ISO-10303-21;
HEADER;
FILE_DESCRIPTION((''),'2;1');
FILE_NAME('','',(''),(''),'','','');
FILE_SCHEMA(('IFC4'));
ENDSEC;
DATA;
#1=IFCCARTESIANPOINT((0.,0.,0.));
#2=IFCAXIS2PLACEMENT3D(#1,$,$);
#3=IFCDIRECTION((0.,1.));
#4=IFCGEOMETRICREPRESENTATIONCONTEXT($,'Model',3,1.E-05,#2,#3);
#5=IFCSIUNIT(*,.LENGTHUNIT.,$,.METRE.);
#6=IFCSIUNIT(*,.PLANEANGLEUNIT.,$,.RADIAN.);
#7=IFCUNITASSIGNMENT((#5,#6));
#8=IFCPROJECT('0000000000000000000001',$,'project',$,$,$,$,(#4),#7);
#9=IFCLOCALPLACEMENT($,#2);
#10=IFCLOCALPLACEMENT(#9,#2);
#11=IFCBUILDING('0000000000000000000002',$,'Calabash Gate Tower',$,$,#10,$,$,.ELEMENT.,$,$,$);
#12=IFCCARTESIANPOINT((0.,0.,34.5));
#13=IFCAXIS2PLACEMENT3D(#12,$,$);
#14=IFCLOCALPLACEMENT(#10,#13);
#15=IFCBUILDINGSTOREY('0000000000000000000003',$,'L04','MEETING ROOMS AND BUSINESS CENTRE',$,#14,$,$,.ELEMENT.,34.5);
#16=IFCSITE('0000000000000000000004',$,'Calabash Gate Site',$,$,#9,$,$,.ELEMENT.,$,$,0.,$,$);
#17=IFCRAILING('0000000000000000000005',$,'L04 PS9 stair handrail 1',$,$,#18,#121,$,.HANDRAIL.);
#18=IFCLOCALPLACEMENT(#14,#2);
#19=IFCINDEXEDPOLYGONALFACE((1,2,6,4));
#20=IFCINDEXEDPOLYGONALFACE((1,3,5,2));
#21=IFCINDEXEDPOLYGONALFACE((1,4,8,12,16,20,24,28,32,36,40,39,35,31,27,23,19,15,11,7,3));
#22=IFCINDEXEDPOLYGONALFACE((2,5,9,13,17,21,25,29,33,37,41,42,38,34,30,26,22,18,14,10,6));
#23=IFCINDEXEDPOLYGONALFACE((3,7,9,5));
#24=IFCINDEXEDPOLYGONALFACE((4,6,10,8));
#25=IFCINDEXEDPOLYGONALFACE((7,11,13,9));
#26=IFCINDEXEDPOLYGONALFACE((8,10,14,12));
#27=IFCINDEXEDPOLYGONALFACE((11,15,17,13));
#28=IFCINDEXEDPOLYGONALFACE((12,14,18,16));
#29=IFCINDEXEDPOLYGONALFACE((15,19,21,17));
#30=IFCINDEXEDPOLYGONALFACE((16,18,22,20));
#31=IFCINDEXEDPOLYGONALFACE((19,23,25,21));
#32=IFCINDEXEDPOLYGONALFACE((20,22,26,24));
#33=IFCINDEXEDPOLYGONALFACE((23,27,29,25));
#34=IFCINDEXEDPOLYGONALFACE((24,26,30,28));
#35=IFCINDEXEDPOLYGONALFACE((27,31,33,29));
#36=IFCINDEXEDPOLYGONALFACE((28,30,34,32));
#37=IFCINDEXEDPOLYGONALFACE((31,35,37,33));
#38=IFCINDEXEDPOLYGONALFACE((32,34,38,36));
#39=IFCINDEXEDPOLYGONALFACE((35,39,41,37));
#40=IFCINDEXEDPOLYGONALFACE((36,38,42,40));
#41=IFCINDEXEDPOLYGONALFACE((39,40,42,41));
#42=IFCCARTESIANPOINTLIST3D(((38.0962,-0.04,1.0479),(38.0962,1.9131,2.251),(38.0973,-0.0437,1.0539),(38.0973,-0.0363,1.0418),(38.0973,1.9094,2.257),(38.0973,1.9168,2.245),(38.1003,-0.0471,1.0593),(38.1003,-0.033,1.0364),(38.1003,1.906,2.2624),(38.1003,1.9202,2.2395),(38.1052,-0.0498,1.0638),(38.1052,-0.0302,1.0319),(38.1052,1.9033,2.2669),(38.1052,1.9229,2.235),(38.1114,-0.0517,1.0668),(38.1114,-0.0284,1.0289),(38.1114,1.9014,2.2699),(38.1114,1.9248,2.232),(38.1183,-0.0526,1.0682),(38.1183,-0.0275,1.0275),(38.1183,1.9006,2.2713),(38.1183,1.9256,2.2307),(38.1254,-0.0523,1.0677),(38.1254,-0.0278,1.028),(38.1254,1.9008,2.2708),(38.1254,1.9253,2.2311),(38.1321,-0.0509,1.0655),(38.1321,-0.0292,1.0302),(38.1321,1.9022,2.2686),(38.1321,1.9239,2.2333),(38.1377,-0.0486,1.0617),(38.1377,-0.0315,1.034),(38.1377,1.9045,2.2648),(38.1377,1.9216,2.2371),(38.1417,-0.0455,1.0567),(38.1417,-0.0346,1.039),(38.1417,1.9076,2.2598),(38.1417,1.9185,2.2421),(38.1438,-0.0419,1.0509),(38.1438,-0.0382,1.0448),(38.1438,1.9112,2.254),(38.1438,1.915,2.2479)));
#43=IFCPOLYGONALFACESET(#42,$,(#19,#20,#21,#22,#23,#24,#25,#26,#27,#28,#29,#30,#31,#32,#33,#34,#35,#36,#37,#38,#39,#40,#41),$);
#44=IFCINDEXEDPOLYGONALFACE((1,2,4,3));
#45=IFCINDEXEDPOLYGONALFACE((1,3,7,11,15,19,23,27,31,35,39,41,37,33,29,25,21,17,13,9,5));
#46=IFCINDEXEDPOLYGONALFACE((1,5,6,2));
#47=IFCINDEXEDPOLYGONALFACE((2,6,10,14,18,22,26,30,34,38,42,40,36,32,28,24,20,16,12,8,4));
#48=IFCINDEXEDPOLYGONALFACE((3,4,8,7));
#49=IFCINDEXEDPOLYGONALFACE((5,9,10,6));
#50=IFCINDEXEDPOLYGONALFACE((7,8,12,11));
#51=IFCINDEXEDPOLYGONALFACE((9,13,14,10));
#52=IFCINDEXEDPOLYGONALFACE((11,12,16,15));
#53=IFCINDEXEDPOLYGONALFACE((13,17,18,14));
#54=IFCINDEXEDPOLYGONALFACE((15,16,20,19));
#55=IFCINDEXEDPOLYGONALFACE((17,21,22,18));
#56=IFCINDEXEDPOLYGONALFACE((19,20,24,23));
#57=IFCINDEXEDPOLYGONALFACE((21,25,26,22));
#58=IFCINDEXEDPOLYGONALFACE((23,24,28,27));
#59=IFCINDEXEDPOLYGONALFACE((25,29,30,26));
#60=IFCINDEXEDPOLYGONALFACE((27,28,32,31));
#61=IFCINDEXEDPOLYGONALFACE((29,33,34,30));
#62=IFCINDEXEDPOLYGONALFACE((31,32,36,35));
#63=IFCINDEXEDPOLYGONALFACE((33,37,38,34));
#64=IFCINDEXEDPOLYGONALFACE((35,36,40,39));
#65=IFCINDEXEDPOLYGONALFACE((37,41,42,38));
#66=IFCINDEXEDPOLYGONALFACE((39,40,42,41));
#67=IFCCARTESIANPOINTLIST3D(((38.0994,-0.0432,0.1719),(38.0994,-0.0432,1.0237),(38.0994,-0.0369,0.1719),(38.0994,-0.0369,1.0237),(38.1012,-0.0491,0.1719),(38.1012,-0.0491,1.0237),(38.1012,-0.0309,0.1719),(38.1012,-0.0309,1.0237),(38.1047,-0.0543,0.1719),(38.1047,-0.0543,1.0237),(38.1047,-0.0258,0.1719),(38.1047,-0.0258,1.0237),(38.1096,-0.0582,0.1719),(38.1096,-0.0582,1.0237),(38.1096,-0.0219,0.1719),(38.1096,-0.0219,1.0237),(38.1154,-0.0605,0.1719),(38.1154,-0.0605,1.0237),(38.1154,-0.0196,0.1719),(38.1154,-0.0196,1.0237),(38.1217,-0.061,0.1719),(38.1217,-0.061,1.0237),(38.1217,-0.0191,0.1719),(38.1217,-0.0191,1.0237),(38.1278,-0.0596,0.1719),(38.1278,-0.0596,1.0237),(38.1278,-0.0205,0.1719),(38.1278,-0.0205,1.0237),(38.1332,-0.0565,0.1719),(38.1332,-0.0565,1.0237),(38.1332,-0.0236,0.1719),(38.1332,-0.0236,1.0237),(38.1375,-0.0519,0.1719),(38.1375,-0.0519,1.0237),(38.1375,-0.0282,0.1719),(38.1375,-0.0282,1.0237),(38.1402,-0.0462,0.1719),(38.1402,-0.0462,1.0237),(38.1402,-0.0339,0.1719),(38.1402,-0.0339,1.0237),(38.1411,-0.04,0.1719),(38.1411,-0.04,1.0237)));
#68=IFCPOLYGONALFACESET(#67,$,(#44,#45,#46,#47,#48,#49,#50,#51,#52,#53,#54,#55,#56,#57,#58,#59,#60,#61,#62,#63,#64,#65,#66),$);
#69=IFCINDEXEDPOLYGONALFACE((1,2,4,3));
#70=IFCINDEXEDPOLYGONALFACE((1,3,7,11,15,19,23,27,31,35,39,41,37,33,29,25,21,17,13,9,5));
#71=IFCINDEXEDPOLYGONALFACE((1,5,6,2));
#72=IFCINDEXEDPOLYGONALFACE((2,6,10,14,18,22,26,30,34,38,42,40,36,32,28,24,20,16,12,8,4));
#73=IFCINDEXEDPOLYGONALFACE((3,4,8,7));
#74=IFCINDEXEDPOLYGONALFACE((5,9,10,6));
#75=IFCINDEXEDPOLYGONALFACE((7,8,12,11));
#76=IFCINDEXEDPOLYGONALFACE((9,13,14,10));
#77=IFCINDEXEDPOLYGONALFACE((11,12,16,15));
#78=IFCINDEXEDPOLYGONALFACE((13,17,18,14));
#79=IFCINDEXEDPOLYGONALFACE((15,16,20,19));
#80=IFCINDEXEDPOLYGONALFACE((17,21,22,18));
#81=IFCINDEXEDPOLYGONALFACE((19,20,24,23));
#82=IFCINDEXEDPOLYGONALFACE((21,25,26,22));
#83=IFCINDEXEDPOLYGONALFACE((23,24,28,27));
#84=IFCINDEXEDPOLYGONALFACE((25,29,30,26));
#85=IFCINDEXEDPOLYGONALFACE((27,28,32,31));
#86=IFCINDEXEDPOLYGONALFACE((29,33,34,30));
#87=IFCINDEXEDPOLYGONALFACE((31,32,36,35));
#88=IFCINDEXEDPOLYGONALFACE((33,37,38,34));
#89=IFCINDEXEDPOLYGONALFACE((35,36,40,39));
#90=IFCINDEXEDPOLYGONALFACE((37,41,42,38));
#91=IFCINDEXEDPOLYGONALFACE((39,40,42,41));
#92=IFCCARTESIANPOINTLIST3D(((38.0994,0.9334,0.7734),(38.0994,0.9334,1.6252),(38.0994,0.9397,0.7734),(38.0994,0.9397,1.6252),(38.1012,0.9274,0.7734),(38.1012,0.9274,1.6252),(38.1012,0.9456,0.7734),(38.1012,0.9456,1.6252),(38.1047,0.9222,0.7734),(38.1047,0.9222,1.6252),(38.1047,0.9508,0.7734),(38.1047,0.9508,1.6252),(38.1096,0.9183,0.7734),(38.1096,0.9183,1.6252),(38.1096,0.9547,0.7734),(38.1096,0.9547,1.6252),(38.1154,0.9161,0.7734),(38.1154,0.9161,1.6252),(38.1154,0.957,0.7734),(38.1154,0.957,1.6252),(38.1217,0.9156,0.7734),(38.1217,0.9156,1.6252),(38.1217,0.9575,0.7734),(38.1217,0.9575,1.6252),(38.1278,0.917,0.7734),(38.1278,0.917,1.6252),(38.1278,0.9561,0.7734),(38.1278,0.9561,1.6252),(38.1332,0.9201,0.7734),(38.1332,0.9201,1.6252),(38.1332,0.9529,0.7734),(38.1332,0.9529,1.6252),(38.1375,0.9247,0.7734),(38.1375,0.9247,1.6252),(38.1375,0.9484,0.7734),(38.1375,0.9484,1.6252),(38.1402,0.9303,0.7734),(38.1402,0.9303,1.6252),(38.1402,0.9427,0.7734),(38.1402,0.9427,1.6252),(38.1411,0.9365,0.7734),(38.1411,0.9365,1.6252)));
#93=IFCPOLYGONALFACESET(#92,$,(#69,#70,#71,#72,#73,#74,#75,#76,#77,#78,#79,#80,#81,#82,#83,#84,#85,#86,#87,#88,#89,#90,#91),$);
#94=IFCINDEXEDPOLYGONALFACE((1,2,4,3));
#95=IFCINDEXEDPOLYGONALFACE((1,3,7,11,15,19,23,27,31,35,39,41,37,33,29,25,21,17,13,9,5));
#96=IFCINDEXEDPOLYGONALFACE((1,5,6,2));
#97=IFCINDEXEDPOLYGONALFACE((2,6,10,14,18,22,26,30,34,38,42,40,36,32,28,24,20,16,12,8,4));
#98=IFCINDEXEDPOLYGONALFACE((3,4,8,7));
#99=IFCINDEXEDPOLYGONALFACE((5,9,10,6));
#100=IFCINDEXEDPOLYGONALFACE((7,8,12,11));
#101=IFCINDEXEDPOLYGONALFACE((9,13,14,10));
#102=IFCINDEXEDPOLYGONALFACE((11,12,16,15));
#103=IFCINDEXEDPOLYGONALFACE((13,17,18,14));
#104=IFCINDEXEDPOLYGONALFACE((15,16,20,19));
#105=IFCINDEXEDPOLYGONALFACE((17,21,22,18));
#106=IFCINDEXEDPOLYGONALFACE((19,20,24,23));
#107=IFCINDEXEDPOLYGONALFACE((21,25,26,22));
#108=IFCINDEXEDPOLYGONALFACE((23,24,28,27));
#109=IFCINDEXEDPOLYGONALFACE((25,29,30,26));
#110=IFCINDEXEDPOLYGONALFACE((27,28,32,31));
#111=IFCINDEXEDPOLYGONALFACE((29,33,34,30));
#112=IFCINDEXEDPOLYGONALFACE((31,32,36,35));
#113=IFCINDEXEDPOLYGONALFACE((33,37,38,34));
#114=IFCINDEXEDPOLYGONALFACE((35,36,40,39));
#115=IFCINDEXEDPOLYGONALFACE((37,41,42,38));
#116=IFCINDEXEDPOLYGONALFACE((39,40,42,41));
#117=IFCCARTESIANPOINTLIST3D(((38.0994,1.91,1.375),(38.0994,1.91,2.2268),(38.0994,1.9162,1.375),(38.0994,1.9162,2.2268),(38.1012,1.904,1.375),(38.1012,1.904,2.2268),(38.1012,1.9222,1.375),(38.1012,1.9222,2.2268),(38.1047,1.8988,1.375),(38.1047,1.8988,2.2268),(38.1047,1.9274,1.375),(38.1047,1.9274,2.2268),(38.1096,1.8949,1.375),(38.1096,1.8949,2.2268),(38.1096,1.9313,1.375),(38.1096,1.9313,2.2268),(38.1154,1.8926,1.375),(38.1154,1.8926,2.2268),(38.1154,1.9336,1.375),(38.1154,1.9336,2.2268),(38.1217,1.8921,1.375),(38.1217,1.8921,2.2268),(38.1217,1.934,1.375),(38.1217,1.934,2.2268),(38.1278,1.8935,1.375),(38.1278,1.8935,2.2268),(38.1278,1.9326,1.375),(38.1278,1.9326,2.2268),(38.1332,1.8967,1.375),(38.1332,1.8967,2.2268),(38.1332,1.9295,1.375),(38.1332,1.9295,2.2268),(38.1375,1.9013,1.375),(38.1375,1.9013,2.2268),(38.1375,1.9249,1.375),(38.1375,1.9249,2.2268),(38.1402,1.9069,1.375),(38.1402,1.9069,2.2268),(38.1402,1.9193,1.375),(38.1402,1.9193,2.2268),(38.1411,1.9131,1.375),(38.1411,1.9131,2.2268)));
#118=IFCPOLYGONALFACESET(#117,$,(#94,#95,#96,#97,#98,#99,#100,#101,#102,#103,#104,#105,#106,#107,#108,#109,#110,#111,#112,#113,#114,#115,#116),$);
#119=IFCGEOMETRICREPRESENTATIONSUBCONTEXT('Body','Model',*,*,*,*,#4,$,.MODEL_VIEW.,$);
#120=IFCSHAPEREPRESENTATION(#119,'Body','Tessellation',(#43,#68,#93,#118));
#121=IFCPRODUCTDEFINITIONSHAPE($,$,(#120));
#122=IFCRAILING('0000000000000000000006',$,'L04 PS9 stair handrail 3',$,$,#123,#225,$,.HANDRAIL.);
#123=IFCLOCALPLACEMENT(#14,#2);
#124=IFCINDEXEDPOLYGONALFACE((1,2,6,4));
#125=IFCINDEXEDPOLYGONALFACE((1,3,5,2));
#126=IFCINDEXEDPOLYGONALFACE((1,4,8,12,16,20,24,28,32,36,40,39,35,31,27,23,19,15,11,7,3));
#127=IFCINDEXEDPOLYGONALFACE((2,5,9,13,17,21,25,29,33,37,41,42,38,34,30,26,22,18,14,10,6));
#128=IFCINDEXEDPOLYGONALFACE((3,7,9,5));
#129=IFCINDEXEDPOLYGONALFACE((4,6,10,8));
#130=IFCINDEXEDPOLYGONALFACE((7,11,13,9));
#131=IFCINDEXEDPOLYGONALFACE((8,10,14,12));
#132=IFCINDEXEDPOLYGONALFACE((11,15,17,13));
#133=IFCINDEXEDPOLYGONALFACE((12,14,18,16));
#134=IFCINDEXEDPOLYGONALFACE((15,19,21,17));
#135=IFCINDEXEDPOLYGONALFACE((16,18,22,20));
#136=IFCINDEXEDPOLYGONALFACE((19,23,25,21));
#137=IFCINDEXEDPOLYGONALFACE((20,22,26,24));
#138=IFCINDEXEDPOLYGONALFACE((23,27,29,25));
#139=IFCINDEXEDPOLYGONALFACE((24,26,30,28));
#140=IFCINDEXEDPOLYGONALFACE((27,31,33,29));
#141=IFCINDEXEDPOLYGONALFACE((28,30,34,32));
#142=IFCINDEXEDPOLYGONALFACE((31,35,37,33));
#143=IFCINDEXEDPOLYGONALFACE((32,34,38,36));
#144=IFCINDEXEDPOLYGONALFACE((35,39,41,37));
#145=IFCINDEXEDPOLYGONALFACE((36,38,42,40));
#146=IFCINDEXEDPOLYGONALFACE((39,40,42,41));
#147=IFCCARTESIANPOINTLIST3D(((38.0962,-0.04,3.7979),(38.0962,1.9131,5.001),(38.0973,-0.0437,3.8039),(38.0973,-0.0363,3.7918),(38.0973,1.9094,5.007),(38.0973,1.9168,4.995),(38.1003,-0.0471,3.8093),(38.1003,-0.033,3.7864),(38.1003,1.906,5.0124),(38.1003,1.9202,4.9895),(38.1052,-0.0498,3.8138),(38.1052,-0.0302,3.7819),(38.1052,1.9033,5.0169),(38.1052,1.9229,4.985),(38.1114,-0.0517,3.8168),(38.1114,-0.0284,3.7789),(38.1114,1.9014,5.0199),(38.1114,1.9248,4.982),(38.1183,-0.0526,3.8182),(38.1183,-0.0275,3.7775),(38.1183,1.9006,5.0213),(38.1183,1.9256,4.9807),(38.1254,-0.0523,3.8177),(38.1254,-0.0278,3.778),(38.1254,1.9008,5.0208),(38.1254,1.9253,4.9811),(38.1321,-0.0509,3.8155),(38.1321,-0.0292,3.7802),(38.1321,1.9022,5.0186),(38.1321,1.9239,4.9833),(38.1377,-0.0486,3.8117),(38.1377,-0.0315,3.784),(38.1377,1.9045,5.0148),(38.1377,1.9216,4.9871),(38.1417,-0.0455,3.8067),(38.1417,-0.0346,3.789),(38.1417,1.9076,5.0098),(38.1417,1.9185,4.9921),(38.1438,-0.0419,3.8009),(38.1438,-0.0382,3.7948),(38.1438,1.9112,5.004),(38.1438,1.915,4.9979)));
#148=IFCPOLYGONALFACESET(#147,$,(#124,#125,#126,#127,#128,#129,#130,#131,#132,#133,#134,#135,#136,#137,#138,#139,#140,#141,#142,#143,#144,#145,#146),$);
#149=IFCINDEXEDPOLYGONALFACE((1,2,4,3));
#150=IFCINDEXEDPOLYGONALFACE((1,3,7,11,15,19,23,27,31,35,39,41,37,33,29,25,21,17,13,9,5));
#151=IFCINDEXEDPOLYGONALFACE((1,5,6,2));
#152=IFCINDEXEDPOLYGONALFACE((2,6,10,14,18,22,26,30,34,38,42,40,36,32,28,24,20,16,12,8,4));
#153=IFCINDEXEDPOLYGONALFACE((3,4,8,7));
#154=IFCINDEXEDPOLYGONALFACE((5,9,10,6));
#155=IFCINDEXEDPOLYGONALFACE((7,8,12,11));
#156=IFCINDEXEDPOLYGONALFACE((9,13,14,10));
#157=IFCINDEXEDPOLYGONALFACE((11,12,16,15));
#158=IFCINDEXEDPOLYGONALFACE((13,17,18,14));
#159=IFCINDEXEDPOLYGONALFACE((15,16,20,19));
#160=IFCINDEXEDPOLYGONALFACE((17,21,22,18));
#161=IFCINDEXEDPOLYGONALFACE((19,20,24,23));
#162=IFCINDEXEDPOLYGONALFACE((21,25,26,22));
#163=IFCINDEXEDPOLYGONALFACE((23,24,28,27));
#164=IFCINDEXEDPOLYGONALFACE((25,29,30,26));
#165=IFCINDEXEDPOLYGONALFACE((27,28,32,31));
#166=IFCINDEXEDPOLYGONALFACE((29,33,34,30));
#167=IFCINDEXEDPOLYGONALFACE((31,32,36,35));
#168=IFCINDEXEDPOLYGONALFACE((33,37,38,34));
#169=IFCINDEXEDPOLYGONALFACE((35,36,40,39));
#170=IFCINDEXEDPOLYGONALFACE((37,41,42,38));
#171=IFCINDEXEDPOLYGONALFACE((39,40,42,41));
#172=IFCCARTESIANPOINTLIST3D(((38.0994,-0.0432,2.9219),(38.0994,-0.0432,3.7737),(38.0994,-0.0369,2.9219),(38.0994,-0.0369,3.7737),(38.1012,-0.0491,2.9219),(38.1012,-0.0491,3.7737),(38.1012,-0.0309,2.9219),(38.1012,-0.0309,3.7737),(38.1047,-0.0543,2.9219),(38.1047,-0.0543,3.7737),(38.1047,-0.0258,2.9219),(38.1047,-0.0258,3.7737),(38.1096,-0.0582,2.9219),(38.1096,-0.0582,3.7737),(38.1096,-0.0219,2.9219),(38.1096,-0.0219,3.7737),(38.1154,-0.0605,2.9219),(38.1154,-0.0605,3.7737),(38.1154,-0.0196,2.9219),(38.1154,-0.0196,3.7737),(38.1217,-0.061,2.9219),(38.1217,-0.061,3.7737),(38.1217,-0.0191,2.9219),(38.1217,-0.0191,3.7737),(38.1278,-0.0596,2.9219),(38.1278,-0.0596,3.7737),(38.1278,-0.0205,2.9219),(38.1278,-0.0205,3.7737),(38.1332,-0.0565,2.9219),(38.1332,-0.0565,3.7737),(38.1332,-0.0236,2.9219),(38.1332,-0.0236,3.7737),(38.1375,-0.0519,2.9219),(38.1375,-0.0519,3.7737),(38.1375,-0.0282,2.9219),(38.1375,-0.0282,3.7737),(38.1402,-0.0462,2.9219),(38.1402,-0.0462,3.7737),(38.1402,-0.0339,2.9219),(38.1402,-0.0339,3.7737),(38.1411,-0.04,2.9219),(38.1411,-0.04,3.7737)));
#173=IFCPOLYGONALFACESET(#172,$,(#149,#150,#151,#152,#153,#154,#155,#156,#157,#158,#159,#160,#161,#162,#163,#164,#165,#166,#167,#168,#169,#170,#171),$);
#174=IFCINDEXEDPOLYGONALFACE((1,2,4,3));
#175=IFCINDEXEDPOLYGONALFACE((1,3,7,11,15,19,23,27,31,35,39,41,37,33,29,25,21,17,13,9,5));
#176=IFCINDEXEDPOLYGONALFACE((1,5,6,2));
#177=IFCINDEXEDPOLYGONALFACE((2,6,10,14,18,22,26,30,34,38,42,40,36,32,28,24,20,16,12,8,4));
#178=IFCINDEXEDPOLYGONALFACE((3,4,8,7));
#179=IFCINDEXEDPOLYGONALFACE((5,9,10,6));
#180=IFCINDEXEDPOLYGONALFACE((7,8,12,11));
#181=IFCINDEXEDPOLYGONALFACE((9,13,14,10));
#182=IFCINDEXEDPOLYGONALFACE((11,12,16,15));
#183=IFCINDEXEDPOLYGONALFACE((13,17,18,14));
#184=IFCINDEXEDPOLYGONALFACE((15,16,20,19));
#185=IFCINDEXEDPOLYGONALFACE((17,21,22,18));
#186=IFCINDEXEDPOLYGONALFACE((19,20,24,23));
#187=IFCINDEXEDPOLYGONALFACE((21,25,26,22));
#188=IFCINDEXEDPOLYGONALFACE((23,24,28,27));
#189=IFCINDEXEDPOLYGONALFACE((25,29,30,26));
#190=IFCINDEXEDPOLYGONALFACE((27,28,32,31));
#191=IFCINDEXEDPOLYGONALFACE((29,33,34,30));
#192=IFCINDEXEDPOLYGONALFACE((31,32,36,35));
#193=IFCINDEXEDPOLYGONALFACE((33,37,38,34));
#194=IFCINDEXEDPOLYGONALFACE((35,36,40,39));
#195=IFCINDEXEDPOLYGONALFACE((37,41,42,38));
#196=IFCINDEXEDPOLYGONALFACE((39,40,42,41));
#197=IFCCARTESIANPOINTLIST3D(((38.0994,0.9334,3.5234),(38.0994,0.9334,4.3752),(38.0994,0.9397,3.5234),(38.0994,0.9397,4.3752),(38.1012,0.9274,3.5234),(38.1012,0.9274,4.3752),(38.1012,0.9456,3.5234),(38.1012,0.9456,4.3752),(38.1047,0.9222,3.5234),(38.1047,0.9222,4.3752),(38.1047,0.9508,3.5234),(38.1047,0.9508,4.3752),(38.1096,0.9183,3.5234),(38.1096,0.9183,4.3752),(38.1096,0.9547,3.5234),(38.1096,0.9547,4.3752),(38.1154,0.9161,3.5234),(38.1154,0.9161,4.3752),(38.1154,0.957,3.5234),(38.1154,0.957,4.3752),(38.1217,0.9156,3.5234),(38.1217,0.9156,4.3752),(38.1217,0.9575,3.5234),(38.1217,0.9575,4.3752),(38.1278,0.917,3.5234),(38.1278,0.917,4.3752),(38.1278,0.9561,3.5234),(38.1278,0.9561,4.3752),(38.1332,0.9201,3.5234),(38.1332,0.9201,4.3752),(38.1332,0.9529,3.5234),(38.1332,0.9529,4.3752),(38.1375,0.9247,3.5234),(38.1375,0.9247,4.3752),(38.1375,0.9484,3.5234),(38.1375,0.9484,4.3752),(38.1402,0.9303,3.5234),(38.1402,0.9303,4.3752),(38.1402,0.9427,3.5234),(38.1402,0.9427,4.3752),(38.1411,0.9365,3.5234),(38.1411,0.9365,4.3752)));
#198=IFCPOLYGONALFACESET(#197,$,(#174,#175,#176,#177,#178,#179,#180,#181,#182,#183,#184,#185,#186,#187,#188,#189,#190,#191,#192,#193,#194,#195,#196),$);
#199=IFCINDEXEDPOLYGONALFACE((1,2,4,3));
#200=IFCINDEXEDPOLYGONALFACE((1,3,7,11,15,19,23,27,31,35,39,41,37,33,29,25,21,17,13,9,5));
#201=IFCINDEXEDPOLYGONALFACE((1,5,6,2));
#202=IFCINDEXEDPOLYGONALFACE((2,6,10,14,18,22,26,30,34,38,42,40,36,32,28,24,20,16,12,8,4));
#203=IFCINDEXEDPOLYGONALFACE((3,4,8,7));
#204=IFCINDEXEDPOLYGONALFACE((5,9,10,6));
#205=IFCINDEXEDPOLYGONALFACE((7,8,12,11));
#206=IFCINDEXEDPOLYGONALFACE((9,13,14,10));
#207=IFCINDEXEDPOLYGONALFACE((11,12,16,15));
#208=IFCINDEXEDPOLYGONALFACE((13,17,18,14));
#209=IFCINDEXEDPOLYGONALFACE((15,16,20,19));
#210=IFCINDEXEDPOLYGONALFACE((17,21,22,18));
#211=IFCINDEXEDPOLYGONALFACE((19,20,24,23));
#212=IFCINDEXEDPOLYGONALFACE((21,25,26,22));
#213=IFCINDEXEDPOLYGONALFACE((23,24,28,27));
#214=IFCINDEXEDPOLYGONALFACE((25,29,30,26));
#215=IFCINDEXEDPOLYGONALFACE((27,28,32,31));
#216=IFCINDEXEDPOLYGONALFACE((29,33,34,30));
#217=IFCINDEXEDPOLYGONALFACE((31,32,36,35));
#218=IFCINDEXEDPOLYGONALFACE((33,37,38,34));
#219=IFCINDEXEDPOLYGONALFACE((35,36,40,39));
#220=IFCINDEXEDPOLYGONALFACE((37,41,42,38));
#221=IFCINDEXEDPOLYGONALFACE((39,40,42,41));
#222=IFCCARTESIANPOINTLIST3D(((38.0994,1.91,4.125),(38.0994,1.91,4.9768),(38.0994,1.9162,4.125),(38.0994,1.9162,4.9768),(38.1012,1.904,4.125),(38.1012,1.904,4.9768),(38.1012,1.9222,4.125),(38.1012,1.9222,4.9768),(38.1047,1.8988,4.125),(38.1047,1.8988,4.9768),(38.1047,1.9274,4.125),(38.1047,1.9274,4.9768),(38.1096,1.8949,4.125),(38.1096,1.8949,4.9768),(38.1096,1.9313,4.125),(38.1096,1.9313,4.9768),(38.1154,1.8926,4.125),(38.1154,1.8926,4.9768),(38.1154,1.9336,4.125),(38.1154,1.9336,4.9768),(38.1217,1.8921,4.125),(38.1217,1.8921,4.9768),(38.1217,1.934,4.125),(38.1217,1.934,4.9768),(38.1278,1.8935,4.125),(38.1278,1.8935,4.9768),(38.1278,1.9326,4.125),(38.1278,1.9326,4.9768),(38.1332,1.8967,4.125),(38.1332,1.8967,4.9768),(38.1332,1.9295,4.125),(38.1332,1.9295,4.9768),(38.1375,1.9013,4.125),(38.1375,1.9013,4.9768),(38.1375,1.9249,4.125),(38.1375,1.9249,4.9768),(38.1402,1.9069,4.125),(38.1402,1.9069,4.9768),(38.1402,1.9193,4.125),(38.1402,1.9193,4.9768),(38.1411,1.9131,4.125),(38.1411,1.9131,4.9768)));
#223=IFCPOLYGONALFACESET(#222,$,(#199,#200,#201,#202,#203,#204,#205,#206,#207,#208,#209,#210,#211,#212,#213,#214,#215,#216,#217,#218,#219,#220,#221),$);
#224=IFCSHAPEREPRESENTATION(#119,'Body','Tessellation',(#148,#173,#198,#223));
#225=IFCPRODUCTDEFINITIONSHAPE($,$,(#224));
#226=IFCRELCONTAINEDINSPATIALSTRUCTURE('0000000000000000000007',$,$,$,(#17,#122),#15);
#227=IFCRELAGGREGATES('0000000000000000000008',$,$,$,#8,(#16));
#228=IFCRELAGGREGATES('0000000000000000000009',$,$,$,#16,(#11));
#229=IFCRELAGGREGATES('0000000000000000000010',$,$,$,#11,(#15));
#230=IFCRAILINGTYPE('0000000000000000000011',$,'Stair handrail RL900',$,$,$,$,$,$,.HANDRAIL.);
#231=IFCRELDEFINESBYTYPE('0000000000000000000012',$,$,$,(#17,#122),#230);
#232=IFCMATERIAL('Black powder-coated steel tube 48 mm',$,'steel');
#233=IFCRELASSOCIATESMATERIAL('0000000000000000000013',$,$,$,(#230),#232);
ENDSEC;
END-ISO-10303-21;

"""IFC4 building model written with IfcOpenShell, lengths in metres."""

from ifc_helpers import new_model, si_unit, direction, frame, origin, origin_2d, place, context, subcontext, project, spatial, circle, extrude, material, type_object, element, save


model = new_model("IFC4")

# Units and contexts
model_context = context("Model", 3, precision=1e-05, world=origin(), true_north=direction((0.0, 1.0)))
body_context = subcontext(model_context, "Body", "Model", "MODEL_VIEW")
ifc_project = project(units=[si_unit("LENGTHUNIT", "METRE"), si_unit("PLANEANGLEUNIT", "RADIAN")], contexts=[model_context])

# Site, building, storey
site_placement = place(None, origin())
site = spatial("IfcSite", under=ifc_project, at=site_placement, Name="Calabash Gate Site", CompositionType="ELEMENT", RefElevation=0.0)
building_placement = place(site_placement, origin())
building = spatial("IfcBuilding", under=site, at=building_placement, Name="Calabash Gate Tower", CompositionType="ELEMENT")
storey_placement = place(building_placement, frame((0.0, 0.0, 34.5)))
storey = spatial("IfcBuildingStorey", under=building, at=storey_placement, Name="L04", Description="MEETING ROOMS AND BUSINESS CENTRE", CompositionType="ELEMENT", Elevation=34.5)

# Railings
ifc_material_1 = material(Name="Black powder-coated steel tube 48 mm", Category="steel")
railing_type_1 = type_object("IfcRailingType", Name="Stair handrail RL900", PredefinedType="HANDRAIL", material=ifc_material_1)
for number, where, name in (
    (1, (38.1201, -0.04, 0.1719), "L04 PS9 stair handrail 1"),
    (2, (38.1201, -0.04, 2.9219), "L04 PS9 stair handrail 3"),
):
    element("IfcRailing", number, at=place(storey_placement, frame(where)), inside=storey, type_object=railing_type_1, Name=name, PredefinedType="HANDRAIL", context=body_context, shape_type="SweptSolid", body=[
        extrude(circle(Radius=0.0239, at=origin_2d()), frame((0.0, 0.0, 0.876), z_axis=(0.0, 0.851424, 0.524477), x_axis=(-1.0, 0.0, 0.0)), (0.0, 0.0, 1.0), 2.2939),
        extrude(circle(Radius=0.021, at=origin_2d()), origin(), (0.0, 0.0, 1.0), 0.8518),
        extrude(circle(Radius=0.021, at=origin_2d()), frame((0.0, 0.9766, 0.6016)), (0.0, 0.0, 1.0), 0.8518),
        extrude(circle(Radius=0.021, at=origin_2d()), frame((0.0, 1.9531, 1.2031)), (0.0, 0.0, 1.0), 0.8518),
    ])

save(model, "model.ifc")
